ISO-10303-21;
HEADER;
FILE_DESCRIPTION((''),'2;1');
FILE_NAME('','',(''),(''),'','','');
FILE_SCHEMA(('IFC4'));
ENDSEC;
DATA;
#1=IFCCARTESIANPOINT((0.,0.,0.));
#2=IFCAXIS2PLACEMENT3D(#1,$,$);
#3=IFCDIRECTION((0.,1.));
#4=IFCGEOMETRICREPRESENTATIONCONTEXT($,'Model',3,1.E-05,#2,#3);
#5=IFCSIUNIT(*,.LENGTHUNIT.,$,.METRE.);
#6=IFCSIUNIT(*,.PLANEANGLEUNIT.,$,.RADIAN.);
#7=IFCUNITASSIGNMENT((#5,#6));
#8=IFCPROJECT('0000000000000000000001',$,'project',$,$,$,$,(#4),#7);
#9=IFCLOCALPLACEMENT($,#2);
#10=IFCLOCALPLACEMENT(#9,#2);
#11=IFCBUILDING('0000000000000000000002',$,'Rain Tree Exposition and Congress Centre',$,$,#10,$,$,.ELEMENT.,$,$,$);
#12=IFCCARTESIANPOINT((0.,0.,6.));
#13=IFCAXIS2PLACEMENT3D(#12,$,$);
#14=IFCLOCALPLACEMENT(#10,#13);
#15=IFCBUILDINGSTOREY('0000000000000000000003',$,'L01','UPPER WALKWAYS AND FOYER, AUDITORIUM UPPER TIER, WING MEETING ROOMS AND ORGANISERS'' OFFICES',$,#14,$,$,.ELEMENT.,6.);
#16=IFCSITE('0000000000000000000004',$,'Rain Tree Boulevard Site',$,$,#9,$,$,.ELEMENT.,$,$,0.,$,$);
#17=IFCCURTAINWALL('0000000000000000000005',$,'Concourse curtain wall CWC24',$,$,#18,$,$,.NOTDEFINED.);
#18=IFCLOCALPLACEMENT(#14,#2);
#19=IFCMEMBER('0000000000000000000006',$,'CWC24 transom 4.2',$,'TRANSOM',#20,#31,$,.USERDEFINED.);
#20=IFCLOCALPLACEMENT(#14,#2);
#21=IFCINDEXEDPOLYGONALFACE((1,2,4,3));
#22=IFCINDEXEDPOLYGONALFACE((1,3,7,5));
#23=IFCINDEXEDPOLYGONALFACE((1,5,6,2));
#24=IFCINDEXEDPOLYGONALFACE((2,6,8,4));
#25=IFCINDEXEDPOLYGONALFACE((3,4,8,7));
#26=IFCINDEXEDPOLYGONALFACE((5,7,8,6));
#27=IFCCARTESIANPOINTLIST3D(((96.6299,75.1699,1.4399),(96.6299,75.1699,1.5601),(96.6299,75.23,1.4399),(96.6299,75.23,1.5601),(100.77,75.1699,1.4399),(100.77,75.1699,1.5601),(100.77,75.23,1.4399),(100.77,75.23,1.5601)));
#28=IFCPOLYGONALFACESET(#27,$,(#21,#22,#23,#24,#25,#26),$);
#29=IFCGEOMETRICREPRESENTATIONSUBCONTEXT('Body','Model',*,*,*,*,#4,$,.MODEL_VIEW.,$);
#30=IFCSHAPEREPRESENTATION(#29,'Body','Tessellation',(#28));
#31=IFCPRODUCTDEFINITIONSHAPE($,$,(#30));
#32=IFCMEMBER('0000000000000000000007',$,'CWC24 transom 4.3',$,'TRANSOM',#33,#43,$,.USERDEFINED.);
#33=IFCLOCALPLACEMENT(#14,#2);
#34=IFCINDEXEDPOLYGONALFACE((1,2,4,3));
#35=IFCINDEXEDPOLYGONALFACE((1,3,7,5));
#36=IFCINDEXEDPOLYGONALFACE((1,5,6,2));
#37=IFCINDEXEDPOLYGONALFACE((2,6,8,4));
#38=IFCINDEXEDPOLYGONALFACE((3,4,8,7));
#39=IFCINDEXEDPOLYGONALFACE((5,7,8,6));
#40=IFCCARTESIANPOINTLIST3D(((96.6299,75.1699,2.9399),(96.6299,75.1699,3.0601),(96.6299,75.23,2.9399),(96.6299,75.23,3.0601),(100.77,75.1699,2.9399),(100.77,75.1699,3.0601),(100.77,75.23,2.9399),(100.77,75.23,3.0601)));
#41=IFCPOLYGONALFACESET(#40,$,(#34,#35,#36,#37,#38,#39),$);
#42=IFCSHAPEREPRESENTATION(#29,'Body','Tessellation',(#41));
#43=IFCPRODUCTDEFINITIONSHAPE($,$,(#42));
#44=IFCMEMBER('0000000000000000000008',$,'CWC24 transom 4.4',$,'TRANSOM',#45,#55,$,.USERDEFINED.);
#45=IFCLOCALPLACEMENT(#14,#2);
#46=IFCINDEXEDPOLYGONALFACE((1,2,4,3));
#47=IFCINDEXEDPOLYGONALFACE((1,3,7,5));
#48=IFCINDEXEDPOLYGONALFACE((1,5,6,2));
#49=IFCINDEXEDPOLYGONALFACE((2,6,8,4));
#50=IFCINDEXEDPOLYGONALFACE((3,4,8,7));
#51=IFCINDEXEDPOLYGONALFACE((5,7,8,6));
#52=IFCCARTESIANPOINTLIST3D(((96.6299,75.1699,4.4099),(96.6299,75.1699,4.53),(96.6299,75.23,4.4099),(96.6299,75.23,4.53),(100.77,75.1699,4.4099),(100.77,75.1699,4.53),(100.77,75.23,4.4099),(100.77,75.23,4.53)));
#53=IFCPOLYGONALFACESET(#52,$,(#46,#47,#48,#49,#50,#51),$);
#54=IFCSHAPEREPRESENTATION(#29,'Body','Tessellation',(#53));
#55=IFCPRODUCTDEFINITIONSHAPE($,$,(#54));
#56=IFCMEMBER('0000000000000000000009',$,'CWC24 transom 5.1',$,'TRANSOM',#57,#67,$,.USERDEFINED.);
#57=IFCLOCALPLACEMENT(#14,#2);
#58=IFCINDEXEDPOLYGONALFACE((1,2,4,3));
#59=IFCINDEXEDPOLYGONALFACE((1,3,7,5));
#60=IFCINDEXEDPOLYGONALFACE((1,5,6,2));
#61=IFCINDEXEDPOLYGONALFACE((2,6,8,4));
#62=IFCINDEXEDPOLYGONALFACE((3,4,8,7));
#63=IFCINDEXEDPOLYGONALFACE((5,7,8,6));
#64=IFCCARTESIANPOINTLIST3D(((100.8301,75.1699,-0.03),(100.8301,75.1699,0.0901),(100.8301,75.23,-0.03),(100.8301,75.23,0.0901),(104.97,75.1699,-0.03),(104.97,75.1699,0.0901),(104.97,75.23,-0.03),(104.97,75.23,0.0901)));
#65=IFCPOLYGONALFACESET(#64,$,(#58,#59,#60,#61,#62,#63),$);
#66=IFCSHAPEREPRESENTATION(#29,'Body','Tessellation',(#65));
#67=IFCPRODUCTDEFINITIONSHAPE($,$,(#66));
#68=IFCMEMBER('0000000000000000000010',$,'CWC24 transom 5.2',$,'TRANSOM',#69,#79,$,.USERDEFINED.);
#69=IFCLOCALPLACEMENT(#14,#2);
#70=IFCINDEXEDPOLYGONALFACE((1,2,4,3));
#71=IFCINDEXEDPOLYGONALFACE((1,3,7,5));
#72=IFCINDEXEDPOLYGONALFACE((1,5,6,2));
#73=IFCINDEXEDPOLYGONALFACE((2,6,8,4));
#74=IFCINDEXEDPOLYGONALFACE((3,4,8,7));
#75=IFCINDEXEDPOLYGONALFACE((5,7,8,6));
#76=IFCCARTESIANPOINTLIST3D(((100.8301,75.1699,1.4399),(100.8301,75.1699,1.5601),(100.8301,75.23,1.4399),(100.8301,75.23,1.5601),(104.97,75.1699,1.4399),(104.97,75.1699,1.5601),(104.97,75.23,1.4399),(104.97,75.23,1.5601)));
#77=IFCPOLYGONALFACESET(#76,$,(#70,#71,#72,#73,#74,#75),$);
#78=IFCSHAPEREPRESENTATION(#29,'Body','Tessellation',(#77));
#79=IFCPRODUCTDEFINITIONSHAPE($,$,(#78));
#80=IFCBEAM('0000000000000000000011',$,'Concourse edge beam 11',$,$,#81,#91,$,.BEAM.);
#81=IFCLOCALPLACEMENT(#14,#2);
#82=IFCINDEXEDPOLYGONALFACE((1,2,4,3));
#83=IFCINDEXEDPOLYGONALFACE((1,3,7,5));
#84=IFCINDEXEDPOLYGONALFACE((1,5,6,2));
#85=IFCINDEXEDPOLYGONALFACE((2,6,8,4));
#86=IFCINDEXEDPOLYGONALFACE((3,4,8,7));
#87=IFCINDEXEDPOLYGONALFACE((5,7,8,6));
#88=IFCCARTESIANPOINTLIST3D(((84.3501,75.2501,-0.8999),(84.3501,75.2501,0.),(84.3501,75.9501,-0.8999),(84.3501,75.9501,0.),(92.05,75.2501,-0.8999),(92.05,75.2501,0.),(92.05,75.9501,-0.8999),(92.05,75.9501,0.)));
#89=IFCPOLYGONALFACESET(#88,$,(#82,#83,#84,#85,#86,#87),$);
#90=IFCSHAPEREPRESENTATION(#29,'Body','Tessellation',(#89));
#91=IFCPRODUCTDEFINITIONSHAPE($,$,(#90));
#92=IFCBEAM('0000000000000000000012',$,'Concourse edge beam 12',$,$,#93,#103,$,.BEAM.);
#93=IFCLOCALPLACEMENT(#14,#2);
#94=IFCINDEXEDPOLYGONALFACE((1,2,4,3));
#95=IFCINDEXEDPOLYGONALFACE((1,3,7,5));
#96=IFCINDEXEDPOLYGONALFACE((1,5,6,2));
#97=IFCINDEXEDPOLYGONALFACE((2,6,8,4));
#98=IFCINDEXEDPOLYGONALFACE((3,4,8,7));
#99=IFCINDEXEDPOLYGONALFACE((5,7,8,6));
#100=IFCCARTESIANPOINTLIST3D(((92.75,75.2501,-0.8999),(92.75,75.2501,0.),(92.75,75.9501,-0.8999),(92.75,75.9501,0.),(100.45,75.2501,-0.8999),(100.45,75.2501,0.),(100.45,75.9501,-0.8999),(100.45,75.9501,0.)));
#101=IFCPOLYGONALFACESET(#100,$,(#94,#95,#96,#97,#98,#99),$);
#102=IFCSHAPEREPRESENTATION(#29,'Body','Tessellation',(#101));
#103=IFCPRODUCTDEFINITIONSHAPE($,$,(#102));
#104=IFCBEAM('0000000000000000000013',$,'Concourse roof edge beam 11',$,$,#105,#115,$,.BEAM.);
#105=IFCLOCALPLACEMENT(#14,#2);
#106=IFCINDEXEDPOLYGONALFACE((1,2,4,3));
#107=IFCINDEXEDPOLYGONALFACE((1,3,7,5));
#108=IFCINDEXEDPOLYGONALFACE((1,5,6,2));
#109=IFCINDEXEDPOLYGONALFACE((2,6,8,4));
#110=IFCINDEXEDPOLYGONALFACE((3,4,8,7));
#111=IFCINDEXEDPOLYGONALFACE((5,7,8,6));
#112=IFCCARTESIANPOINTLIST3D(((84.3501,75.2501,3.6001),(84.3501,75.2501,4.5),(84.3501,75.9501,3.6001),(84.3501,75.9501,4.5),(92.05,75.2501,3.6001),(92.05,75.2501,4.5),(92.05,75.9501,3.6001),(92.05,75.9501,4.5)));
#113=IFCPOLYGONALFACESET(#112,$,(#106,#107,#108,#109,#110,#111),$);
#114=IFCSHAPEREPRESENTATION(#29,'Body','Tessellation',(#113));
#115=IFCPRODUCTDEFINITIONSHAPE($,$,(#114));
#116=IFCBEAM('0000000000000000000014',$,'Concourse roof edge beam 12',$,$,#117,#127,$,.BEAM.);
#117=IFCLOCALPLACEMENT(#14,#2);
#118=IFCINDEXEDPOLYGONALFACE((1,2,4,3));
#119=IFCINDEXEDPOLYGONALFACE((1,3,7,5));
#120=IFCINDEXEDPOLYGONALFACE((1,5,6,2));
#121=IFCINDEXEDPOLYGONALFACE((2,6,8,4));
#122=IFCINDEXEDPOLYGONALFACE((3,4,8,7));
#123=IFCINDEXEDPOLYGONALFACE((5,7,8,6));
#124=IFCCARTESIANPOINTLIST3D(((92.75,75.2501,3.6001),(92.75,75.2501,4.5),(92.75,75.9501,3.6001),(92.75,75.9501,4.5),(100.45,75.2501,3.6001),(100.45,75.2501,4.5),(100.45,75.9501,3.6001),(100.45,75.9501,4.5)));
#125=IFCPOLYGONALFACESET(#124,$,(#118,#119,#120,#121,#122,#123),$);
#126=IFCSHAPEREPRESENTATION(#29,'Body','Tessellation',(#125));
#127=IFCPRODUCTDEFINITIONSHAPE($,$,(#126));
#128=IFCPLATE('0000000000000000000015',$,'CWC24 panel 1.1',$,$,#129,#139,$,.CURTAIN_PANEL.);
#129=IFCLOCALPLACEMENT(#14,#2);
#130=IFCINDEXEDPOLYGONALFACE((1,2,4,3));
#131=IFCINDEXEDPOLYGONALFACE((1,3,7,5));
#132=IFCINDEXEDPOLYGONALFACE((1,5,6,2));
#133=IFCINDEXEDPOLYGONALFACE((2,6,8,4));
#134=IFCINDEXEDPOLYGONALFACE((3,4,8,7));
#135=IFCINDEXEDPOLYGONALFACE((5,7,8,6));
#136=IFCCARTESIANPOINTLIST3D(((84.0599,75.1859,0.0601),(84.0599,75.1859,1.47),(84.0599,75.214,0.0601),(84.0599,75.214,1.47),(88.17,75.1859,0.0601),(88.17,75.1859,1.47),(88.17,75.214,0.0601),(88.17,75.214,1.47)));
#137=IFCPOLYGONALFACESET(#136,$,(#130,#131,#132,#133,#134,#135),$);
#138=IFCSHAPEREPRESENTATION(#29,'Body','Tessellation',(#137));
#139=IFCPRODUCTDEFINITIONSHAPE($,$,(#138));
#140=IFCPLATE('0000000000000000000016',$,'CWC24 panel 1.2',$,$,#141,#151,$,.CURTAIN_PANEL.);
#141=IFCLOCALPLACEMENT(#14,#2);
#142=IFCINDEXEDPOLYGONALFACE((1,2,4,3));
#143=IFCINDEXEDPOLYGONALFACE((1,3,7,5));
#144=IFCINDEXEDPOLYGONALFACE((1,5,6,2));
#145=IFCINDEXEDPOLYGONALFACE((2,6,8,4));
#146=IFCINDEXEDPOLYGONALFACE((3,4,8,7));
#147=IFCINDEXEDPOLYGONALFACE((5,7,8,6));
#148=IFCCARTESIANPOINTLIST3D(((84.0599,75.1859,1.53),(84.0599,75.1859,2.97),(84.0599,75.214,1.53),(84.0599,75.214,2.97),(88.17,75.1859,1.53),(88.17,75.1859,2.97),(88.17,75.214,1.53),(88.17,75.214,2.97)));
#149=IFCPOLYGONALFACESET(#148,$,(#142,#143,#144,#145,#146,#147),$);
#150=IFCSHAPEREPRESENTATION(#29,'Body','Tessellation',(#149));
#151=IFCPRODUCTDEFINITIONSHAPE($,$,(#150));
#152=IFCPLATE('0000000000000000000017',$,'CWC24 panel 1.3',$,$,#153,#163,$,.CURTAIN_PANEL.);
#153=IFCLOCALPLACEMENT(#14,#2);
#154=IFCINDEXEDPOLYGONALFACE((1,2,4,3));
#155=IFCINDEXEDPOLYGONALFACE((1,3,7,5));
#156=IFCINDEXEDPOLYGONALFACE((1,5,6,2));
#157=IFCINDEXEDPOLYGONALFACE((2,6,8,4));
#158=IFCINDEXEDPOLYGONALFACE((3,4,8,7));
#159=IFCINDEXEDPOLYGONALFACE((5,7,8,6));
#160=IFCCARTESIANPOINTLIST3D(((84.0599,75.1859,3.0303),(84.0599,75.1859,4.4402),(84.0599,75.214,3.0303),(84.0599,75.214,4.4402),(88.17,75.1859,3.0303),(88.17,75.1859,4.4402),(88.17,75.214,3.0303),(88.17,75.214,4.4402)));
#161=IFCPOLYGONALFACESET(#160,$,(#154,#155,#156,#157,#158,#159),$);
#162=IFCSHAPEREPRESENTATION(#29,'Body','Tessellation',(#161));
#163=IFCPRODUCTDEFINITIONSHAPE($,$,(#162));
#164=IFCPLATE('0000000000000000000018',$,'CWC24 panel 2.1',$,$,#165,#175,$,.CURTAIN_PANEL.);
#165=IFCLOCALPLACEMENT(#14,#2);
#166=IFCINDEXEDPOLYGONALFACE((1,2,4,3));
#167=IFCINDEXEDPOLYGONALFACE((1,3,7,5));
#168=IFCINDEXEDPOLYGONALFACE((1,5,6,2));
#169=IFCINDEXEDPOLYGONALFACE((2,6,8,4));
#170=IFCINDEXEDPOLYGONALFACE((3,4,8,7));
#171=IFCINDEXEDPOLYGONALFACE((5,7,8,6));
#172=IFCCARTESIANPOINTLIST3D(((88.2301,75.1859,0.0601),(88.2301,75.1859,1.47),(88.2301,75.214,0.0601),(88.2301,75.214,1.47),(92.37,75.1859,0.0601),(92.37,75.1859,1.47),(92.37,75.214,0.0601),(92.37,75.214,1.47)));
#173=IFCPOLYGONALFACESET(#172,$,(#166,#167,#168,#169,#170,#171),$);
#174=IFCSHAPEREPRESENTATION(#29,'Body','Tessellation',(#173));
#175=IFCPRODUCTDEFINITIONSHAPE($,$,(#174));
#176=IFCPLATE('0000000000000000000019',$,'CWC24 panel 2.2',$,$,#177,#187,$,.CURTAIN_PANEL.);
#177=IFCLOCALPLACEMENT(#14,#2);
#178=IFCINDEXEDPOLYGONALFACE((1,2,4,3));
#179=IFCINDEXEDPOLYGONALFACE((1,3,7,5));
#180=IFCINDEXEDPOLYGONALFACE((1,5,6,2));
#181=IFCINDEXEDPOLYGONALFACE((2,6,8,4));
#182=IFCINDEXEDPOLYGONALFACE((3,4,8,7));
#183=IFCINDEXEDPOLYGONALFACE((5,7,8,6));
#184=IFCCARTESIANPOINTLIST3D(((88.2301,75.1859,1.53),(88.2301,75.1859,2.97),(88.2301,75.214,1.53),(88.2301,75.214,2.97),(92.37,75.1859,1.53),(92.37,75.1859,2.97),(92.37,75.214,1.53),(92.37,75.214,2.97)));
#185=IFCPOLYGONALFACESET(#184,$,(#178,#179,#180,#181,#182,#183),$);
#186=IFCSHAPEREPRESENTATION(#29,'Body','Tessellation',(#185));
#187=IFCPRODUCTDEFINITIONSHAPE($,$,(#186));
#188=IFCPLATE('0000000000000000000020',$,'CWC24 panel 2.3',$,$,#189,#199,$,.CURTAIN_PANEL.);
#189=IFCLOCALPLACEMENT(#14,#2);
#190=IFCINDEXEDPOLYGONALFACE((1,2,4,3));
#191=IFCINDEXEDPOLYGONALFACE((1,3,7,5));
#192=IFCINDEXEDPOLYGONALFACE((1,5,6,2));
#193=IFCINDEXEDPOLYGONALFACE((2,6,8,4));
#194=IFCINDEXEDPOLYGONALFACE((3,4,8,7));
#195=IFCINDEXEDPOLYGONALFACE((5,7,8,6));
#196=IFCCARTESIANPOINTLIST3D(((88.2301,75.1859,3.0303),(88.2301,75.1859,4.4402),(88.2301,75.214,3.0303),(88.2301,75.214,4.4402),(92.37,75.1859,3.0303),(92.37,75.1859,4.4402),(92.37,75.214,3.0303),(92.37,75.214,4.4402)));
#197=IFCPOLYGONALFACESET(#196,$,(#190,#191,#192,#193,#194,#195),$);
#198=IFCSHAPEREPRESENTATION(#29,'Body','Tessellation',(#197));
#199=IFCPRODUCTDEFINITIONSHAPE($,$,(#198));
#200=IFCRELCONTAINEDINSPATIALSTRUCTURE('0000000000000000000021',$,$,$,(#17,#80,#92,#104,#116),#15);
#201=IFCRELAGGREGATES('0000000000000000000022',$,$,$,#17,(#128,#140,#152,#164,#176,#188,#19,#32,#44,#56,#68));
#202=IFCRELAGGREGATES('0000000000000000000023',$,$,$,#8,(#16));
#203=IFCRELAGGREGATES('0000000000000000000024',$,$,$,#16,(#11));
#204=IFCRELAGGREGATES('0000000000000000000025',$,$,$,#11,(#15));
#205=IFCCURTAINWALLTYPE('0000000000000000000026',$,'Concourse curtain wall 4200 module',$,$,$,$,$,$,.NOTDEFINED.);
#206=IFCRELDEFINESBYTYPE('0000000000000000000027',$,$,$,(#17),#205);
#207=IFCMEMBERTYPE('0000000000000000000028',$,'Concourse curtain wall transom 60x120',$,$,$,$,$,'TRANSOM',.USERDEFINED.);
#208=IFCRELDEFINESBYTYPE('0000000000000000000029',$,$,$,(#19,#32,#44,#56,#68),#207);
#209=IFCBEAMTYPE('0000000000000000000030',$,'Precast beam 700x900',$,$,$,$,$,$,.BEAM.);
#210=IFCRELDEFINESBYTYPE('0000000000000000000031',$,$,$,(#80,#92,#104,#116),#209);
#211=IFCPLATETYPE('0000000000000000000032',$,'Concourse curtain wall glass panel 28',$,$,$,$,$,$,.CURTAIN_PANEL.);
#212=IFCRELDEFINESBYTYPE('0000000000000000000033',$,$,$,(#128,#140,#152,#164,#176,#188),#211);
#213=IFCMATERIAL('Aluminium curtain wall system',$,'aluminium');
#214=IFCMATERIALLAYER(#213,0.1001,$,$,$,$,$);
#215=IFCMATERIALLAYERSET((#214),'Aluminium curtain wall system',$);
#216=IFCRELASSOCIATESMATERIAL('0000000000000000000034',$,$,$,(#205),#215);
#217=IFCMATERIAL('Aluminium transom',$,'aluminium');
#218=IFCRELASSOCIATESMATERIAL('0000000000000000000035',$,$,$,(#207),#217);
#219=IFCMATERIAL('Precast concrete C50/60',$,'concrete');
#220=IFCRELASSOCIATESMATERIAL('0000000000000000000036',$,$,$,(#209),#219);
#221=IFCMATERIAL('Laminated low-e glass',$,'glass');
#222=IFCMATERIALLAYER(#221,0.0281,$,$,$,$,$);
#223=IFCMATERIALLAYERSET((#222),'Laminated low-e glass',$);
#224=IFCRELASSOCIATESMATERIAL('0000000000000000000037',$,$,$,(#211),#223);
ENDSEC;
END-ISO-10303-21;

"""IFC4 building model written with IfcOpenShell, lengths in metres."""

from ifc_helpers import new_model, si_unit, direction, frame, origin, origin_2d, place, context, subcontext, project, spatial, rectangle, extrude, material, layer, layer_set, material_profile, profile_set, type_object, element, aggregate, save


model = new_model("IFC4")

# Units and contexts
model_context = context("Model", 3, precision=1e-05, world=origin(), true_north=direction((0.0, 1.0)))
body_context = subcontext(model_context, "Body", "Model", "MODEL_VIEW")
ifc_project = project(units=[si_unit("LENGTHUNIT", "METRE"), si_unit("PLANEANGLEUNIT", "RADIAN")], contexts=[model_context])

# Site, building, storey
site_placement = place(None, origin())
site = spatial("IfcSite", under=ifc_project, at=site_placement, Name="Rain Tree Boulevard Site", CompositionType="ELEMENT", RefElevation=0.0)
building_placement = place(site_placement, origin())
building = spatial("IfcBuilding", under=site, at=building_placement, Name="Rain Tree Exposition and Congress Centre", CompositionType="ELEMENT")
storey_placement = place(building_placement, frame((0.0, 0.0, 6.0)))
storey = spatial("IfcBuildingStorey", under=building, at=storey_placement, Name="L01", Description="UPPER WALKWAYS AND FOYER, AUDITORIUM UPPER TIER, WING MEETING ROOMS AND ORGANISERS' OFFICES", CompositionType="ELEMENT", Elevation=6.0)

# Curtain wall, members
ifc_material_1 = material(Name="Aluminium curtain wall system", Category="aluminium")
ifc_layer_1 = layer(ifc_material_1, 0.1001)
ifc_layer_set_1 = layer_set([ifc_layer_1], Name="Aluminium curtain wall system")
curtain_wall_type = type_object("IfcCurtainWallType", Name="Concourse curtain wall 4200 module", PredefinedType="NOTDEFINED", material=ifc_layer_set_1)
curtain_wall_placement = place(storey_placement, origin())
curtain_wall = element("IfcCurtainWall", 1, at=curtain_wall_placement, inside=storey, type_object=curtain_wall_type, Name="Concourse curtain wall CWC24", PredefinedType="NOTDEFINED")
ifc_material_2 = material(Name="Aluminium transom", Category="aluminium")
ifc_material_profile_1 = material_profile(ifc_material_2, rectangle(XDim=0.0601, YDim=0.1201, at=origin_2d()), Name="AL 60x120")
ifc_profile_set_1 = profile_set([ifc_material_profile_1], Name="Aluminium transom")
member_type_1 = type_object("IfcMemberType", Name="Concourse curtain wall transom 60x120", ElementType="TRANSOM", PredefinedType="USERDEFINED", material=ifc_profile_set_1)
member_1_placement = place(storey_placement, frame((96.6299, 75.2, 1.5), z_axis=(1.0, 0.0, 0.0), x_axis=(0.0, 1.0, 0.0)))
member_1 = element("IfcMember", 2, at=member_1_placement, type_object=member_type_1, Name="CWC24 transom 4.2", ObjectType="TRANSOM", PredefinedType="USERDEFINED", context=body_context, shape_type="SweptSolid", body=[
    extrude(rectangle(XDim=0.0601, YDim=0.1201, at=origin_2d()), origin(), (0.0, 0.0, 1.0), 4.1401),
])
member_2_placement = place(storey_placement, frame((96.6299, 75.2, 3.0), z_axis=(1.0, 0.0, 0.0), x_axis=(0.0, 1.0, 0.0)))
member_2 = element("IfcMember", 3, at=member_2_placement, type_object=member_type_1, Name="CWC24 transom 4.3", ObjectType="TRANSOM", PredefinedType="USERDEFINED", context=body_context, shape_type="SweptSolid", body=[
    extrude(rectangle(XDim=0.0601, YDim=0.1201, at=origin_2d()), origin(), (0.0, 0.0, 1.0), 4.1401),
])
member_3_placement = place(storey_placement, frame((96.6299, 75.2, 4.47), z_axis=(1.0, 0.0, 0.0), x_axis=(0.0, 1.0, 0.0)))
member_3 = element("IfcMember", 4, at=member_3_placement, type_object=member_type_1, Name="CWC24 transom 4.4", ObjectType="TRANSOM", PredefinedType="USERDEFINED", context=body_context, shape_type="SweptSolid", body=[
    extrude(rectangle(XDim=0.0601, YDim=0.1201, at=origin_2d()), origin(), (0.0, 0.0, 1.0), 4.1401),
])
member_4_placement = place(storey_placement, frame((100.8301, 75.2, 0.03), z_axis=(1.0, 0.0, 0.0), x_axis=(0.0, 1.0, 0.0)))
member_4 = element("IfcMember", 5, at=member_4_placement, type_object=member_type_1, Name="CWC24 transom 5.1", ObjectType="TRANSOM", PredefinedType="USERDEFINED", context=body_context, shape_type="SweptSolid", body=[
    extrude(rectangle(XDim=0.0601, YDim=0.1201, at=origin_2d()), origin(), (0.0, 0.0, 1.0), 4.1399),
])
member_5_placement = place(storey_placement, frame((100.8301, 75.2, 1.5), z_axis=(1.0, 0.0, 0.0), x_axis=(0.0, 1.0, 0.0)))
member_5 = element("IfcMember", 6, at=member_5_placement, type_object=member_type_1, Name="CWC24 transom 5.2", ObjectType="TRANSOM", PredefinedType="USERDEFINED", context=body_context, shape_type="SweptSolid", body=[
    extrude(rectangle(XDim=0.0601, YDim=0.1201, at=origin_2d()), origin(), (0.0, 0.0, 1.0), 4.1399),
])

# Beams
ifc_material_3 = material(Name="Precast concrete C50/60", Category="concrete")
ifc_material_profile_2 = material_profile(ifc_material_3, rectangle(XDim=0.7, YDim=0.8999, at=origin_2d()), Name="RC 700x900")
ifc_profile_set_2 = profile_set([ifc_material_profile_2], Name="Precast concrete C50/60")
beam_type = type_object("IfcBeamType", Name="Precast beam 700x900", PredefinedType="BEAM", material=ifc_profile_set_2)
for number, where, z_axis, x_axis, name in (
    (7, (84.3501, 75.6001, -0.45), (1.0, 0.0, 0.0), (0.0, 1.0, 0.0), "Concourse edge beam 11"),
    (8, (92.75, 75.6001, -0.45), (1.0, 0.0, 0.0), (0.0, 1.0, 0.0), "Concourse edge beam 12"),
    (9, (84.3501, 75.6001, 4.05), (1.0, 0.0, 0.0), (0.0, 1.0, 0.0), "Concourse roof edge beam 11"),
    (10, (92.75, 75.6001, 4.05), (1.0, 0.0, 0.0), (0.0, 1.0, 0.0), "Concourse roof edge beam 12"),
):
    element("IfcBeam", number, at=place(storey_placement, frame(where, z_axis=z_axis, x_axis=x_axis)), inside=storey, type_object=beam_type, Name=name, PredefinedType="BEAM", context=body_context, shape_type="SweptSolid", body=[
        extrude(rectangle(XDim=0.7, YDim=0.8999, at=origin_2d()), origin(), (0.0, 0.0, 1.0), 7.7),
    ])

# Plates
ifc_material_4 = material(Name="Laminated low-e glass", Category="glass")
ifc_layer_2 = layer(ifc_material_4, 0.0281)
ifc_layer_set_2 = layer_set([ifc_layer_2], Name="Laminated low-e glass")
plate_type = type_object("IfcPlateType", Name="Concourse curtain wall glass panel 28", PredefinedType="CURTAIN_PANEL", material=ifc_layer_set_2)
plate_1_placement = place(storey_placement, frame((86.115, 75.2, 0.0601), z_axis=(0.0, 0.0, 1.0), x_axis=(1.0, 0.0, 0.0)))
plate_1 = element("IfcPlate", 11, at=plate_1_placement, type_object=plate_type, Name="CWC24 panel 1.1", PredefinedType="CURTAIN_PANEL", context=body_context, shape_type="SweptSolid", body=[
    extrude(rectangle(XDim=4.1101, YDim=0.0281, at=origin_2d()), origin(), (0.0, 0.0, 1.0), 1.4099),
])
plate_2_placement = place(storey_placement, frame((86.115, 75.2, 1.53), z_axis=(0.0, 0.0, 1.0), x_axis=(1.0, 0.0, 0.0)))
plate_2 = element("IfcPlate", 12, at=plate_2_placement, type_object=plate_type, Name="CWC24 panel 1.2", PredefinedType="CURTAIN_PANEL", context=body_context, shape_type="SweptSolid", body=[
    extrude(rectangle(XDim=4.1101, YDim=0.0281, at=origin_2d()), origin(), (0.0, 0.0, 1.0), 1.4399),
])
plate_3_placement = place(storey_placement, frame((86.115, 75.2, 3.0303), z_axis=(0.0, 0.0, 1.0), x_axis=(1.0, 0.0, 0.0)))
plate_3 = element("IfcPlate", 13, at=plate_3_placement, type_object=plate_type, Name="CWC24 panel 1.3", PredefinedType="CURTAIN_PANEL", context=body_context, shape_type="SweptSolid", body=[
    extrude(rectangle(XDim=4.1101, YDim=0.0281, at=origin_2d()), origin(), (0.0, 0.0, 1.0), 1.4099),
])
plate_4_placement = place(storey_placement, frame((90.3, 75.2, 0.0601), z_axis=(0.0, 0.0, 1.0), x_axis=(1.0, 0.0, 0.0)))
plate_4 = element("IfcPlate", 14, at=plate_4_placement, type_object=plate_type, Name="CWC24 panel 2.1", PredefinedType="CURTAIN_PANEL", context=body_context, shape_type="SweptSolid", body=[
    extrude(rectangle(XDim=4.1399, YDim=0.0281, at=origin_2d()), origin(), (0.0, 0.0, 1.0), 1.4099),
])
plate_5_placement = place(storey_placement, frame((90.3, 75.2, 1.53), z_axis=(0.0, 0.0, 1.0), x_axis=(1.0, 0.0, 0.0)))
plate_5 = element("IfcPlate", 15, at=plate_5_placement, type_object=plate_type, Name="CWC24 panel 2.2", PredefinedType="CURTAIN_PANEL", context=body_context, shape_type="SweptSolid", body=[
    extrude(rectangle(XDim=4.1399, YDim=0.0281, at=origin_2d()), origin(), (0.0, 0.0, 1.0), 1.4399),
])
plate_6_placement = place(storey_placement, frame((90.3, 75.2, 3.0303), z_axis=(0.0, 0.0, 1.0), x_axis=(1.0, 0.0, 0.0)))
plate_6 = element("IfcPlate", 16, at=plate_6_placement, type_object=plate_type, Name="CWC24 panel 2.3", PredefinedType="CURTAIN_PANEL", context=body_context, shape_type="SweptSolid", body=[
    extrude(rectangle(XDim=4.1399, YDim=0.0281, at=origin_2d()), origin(), (0.0, 0.0, 1.0), 1.4099),
])
aggregate(curtain_wall, [plate_1, plate_2, plate_3, plate_4, plate_5, plate_6, member_1, member_2, member_3, member_4, member_5])

save(model, "model.ifc")
